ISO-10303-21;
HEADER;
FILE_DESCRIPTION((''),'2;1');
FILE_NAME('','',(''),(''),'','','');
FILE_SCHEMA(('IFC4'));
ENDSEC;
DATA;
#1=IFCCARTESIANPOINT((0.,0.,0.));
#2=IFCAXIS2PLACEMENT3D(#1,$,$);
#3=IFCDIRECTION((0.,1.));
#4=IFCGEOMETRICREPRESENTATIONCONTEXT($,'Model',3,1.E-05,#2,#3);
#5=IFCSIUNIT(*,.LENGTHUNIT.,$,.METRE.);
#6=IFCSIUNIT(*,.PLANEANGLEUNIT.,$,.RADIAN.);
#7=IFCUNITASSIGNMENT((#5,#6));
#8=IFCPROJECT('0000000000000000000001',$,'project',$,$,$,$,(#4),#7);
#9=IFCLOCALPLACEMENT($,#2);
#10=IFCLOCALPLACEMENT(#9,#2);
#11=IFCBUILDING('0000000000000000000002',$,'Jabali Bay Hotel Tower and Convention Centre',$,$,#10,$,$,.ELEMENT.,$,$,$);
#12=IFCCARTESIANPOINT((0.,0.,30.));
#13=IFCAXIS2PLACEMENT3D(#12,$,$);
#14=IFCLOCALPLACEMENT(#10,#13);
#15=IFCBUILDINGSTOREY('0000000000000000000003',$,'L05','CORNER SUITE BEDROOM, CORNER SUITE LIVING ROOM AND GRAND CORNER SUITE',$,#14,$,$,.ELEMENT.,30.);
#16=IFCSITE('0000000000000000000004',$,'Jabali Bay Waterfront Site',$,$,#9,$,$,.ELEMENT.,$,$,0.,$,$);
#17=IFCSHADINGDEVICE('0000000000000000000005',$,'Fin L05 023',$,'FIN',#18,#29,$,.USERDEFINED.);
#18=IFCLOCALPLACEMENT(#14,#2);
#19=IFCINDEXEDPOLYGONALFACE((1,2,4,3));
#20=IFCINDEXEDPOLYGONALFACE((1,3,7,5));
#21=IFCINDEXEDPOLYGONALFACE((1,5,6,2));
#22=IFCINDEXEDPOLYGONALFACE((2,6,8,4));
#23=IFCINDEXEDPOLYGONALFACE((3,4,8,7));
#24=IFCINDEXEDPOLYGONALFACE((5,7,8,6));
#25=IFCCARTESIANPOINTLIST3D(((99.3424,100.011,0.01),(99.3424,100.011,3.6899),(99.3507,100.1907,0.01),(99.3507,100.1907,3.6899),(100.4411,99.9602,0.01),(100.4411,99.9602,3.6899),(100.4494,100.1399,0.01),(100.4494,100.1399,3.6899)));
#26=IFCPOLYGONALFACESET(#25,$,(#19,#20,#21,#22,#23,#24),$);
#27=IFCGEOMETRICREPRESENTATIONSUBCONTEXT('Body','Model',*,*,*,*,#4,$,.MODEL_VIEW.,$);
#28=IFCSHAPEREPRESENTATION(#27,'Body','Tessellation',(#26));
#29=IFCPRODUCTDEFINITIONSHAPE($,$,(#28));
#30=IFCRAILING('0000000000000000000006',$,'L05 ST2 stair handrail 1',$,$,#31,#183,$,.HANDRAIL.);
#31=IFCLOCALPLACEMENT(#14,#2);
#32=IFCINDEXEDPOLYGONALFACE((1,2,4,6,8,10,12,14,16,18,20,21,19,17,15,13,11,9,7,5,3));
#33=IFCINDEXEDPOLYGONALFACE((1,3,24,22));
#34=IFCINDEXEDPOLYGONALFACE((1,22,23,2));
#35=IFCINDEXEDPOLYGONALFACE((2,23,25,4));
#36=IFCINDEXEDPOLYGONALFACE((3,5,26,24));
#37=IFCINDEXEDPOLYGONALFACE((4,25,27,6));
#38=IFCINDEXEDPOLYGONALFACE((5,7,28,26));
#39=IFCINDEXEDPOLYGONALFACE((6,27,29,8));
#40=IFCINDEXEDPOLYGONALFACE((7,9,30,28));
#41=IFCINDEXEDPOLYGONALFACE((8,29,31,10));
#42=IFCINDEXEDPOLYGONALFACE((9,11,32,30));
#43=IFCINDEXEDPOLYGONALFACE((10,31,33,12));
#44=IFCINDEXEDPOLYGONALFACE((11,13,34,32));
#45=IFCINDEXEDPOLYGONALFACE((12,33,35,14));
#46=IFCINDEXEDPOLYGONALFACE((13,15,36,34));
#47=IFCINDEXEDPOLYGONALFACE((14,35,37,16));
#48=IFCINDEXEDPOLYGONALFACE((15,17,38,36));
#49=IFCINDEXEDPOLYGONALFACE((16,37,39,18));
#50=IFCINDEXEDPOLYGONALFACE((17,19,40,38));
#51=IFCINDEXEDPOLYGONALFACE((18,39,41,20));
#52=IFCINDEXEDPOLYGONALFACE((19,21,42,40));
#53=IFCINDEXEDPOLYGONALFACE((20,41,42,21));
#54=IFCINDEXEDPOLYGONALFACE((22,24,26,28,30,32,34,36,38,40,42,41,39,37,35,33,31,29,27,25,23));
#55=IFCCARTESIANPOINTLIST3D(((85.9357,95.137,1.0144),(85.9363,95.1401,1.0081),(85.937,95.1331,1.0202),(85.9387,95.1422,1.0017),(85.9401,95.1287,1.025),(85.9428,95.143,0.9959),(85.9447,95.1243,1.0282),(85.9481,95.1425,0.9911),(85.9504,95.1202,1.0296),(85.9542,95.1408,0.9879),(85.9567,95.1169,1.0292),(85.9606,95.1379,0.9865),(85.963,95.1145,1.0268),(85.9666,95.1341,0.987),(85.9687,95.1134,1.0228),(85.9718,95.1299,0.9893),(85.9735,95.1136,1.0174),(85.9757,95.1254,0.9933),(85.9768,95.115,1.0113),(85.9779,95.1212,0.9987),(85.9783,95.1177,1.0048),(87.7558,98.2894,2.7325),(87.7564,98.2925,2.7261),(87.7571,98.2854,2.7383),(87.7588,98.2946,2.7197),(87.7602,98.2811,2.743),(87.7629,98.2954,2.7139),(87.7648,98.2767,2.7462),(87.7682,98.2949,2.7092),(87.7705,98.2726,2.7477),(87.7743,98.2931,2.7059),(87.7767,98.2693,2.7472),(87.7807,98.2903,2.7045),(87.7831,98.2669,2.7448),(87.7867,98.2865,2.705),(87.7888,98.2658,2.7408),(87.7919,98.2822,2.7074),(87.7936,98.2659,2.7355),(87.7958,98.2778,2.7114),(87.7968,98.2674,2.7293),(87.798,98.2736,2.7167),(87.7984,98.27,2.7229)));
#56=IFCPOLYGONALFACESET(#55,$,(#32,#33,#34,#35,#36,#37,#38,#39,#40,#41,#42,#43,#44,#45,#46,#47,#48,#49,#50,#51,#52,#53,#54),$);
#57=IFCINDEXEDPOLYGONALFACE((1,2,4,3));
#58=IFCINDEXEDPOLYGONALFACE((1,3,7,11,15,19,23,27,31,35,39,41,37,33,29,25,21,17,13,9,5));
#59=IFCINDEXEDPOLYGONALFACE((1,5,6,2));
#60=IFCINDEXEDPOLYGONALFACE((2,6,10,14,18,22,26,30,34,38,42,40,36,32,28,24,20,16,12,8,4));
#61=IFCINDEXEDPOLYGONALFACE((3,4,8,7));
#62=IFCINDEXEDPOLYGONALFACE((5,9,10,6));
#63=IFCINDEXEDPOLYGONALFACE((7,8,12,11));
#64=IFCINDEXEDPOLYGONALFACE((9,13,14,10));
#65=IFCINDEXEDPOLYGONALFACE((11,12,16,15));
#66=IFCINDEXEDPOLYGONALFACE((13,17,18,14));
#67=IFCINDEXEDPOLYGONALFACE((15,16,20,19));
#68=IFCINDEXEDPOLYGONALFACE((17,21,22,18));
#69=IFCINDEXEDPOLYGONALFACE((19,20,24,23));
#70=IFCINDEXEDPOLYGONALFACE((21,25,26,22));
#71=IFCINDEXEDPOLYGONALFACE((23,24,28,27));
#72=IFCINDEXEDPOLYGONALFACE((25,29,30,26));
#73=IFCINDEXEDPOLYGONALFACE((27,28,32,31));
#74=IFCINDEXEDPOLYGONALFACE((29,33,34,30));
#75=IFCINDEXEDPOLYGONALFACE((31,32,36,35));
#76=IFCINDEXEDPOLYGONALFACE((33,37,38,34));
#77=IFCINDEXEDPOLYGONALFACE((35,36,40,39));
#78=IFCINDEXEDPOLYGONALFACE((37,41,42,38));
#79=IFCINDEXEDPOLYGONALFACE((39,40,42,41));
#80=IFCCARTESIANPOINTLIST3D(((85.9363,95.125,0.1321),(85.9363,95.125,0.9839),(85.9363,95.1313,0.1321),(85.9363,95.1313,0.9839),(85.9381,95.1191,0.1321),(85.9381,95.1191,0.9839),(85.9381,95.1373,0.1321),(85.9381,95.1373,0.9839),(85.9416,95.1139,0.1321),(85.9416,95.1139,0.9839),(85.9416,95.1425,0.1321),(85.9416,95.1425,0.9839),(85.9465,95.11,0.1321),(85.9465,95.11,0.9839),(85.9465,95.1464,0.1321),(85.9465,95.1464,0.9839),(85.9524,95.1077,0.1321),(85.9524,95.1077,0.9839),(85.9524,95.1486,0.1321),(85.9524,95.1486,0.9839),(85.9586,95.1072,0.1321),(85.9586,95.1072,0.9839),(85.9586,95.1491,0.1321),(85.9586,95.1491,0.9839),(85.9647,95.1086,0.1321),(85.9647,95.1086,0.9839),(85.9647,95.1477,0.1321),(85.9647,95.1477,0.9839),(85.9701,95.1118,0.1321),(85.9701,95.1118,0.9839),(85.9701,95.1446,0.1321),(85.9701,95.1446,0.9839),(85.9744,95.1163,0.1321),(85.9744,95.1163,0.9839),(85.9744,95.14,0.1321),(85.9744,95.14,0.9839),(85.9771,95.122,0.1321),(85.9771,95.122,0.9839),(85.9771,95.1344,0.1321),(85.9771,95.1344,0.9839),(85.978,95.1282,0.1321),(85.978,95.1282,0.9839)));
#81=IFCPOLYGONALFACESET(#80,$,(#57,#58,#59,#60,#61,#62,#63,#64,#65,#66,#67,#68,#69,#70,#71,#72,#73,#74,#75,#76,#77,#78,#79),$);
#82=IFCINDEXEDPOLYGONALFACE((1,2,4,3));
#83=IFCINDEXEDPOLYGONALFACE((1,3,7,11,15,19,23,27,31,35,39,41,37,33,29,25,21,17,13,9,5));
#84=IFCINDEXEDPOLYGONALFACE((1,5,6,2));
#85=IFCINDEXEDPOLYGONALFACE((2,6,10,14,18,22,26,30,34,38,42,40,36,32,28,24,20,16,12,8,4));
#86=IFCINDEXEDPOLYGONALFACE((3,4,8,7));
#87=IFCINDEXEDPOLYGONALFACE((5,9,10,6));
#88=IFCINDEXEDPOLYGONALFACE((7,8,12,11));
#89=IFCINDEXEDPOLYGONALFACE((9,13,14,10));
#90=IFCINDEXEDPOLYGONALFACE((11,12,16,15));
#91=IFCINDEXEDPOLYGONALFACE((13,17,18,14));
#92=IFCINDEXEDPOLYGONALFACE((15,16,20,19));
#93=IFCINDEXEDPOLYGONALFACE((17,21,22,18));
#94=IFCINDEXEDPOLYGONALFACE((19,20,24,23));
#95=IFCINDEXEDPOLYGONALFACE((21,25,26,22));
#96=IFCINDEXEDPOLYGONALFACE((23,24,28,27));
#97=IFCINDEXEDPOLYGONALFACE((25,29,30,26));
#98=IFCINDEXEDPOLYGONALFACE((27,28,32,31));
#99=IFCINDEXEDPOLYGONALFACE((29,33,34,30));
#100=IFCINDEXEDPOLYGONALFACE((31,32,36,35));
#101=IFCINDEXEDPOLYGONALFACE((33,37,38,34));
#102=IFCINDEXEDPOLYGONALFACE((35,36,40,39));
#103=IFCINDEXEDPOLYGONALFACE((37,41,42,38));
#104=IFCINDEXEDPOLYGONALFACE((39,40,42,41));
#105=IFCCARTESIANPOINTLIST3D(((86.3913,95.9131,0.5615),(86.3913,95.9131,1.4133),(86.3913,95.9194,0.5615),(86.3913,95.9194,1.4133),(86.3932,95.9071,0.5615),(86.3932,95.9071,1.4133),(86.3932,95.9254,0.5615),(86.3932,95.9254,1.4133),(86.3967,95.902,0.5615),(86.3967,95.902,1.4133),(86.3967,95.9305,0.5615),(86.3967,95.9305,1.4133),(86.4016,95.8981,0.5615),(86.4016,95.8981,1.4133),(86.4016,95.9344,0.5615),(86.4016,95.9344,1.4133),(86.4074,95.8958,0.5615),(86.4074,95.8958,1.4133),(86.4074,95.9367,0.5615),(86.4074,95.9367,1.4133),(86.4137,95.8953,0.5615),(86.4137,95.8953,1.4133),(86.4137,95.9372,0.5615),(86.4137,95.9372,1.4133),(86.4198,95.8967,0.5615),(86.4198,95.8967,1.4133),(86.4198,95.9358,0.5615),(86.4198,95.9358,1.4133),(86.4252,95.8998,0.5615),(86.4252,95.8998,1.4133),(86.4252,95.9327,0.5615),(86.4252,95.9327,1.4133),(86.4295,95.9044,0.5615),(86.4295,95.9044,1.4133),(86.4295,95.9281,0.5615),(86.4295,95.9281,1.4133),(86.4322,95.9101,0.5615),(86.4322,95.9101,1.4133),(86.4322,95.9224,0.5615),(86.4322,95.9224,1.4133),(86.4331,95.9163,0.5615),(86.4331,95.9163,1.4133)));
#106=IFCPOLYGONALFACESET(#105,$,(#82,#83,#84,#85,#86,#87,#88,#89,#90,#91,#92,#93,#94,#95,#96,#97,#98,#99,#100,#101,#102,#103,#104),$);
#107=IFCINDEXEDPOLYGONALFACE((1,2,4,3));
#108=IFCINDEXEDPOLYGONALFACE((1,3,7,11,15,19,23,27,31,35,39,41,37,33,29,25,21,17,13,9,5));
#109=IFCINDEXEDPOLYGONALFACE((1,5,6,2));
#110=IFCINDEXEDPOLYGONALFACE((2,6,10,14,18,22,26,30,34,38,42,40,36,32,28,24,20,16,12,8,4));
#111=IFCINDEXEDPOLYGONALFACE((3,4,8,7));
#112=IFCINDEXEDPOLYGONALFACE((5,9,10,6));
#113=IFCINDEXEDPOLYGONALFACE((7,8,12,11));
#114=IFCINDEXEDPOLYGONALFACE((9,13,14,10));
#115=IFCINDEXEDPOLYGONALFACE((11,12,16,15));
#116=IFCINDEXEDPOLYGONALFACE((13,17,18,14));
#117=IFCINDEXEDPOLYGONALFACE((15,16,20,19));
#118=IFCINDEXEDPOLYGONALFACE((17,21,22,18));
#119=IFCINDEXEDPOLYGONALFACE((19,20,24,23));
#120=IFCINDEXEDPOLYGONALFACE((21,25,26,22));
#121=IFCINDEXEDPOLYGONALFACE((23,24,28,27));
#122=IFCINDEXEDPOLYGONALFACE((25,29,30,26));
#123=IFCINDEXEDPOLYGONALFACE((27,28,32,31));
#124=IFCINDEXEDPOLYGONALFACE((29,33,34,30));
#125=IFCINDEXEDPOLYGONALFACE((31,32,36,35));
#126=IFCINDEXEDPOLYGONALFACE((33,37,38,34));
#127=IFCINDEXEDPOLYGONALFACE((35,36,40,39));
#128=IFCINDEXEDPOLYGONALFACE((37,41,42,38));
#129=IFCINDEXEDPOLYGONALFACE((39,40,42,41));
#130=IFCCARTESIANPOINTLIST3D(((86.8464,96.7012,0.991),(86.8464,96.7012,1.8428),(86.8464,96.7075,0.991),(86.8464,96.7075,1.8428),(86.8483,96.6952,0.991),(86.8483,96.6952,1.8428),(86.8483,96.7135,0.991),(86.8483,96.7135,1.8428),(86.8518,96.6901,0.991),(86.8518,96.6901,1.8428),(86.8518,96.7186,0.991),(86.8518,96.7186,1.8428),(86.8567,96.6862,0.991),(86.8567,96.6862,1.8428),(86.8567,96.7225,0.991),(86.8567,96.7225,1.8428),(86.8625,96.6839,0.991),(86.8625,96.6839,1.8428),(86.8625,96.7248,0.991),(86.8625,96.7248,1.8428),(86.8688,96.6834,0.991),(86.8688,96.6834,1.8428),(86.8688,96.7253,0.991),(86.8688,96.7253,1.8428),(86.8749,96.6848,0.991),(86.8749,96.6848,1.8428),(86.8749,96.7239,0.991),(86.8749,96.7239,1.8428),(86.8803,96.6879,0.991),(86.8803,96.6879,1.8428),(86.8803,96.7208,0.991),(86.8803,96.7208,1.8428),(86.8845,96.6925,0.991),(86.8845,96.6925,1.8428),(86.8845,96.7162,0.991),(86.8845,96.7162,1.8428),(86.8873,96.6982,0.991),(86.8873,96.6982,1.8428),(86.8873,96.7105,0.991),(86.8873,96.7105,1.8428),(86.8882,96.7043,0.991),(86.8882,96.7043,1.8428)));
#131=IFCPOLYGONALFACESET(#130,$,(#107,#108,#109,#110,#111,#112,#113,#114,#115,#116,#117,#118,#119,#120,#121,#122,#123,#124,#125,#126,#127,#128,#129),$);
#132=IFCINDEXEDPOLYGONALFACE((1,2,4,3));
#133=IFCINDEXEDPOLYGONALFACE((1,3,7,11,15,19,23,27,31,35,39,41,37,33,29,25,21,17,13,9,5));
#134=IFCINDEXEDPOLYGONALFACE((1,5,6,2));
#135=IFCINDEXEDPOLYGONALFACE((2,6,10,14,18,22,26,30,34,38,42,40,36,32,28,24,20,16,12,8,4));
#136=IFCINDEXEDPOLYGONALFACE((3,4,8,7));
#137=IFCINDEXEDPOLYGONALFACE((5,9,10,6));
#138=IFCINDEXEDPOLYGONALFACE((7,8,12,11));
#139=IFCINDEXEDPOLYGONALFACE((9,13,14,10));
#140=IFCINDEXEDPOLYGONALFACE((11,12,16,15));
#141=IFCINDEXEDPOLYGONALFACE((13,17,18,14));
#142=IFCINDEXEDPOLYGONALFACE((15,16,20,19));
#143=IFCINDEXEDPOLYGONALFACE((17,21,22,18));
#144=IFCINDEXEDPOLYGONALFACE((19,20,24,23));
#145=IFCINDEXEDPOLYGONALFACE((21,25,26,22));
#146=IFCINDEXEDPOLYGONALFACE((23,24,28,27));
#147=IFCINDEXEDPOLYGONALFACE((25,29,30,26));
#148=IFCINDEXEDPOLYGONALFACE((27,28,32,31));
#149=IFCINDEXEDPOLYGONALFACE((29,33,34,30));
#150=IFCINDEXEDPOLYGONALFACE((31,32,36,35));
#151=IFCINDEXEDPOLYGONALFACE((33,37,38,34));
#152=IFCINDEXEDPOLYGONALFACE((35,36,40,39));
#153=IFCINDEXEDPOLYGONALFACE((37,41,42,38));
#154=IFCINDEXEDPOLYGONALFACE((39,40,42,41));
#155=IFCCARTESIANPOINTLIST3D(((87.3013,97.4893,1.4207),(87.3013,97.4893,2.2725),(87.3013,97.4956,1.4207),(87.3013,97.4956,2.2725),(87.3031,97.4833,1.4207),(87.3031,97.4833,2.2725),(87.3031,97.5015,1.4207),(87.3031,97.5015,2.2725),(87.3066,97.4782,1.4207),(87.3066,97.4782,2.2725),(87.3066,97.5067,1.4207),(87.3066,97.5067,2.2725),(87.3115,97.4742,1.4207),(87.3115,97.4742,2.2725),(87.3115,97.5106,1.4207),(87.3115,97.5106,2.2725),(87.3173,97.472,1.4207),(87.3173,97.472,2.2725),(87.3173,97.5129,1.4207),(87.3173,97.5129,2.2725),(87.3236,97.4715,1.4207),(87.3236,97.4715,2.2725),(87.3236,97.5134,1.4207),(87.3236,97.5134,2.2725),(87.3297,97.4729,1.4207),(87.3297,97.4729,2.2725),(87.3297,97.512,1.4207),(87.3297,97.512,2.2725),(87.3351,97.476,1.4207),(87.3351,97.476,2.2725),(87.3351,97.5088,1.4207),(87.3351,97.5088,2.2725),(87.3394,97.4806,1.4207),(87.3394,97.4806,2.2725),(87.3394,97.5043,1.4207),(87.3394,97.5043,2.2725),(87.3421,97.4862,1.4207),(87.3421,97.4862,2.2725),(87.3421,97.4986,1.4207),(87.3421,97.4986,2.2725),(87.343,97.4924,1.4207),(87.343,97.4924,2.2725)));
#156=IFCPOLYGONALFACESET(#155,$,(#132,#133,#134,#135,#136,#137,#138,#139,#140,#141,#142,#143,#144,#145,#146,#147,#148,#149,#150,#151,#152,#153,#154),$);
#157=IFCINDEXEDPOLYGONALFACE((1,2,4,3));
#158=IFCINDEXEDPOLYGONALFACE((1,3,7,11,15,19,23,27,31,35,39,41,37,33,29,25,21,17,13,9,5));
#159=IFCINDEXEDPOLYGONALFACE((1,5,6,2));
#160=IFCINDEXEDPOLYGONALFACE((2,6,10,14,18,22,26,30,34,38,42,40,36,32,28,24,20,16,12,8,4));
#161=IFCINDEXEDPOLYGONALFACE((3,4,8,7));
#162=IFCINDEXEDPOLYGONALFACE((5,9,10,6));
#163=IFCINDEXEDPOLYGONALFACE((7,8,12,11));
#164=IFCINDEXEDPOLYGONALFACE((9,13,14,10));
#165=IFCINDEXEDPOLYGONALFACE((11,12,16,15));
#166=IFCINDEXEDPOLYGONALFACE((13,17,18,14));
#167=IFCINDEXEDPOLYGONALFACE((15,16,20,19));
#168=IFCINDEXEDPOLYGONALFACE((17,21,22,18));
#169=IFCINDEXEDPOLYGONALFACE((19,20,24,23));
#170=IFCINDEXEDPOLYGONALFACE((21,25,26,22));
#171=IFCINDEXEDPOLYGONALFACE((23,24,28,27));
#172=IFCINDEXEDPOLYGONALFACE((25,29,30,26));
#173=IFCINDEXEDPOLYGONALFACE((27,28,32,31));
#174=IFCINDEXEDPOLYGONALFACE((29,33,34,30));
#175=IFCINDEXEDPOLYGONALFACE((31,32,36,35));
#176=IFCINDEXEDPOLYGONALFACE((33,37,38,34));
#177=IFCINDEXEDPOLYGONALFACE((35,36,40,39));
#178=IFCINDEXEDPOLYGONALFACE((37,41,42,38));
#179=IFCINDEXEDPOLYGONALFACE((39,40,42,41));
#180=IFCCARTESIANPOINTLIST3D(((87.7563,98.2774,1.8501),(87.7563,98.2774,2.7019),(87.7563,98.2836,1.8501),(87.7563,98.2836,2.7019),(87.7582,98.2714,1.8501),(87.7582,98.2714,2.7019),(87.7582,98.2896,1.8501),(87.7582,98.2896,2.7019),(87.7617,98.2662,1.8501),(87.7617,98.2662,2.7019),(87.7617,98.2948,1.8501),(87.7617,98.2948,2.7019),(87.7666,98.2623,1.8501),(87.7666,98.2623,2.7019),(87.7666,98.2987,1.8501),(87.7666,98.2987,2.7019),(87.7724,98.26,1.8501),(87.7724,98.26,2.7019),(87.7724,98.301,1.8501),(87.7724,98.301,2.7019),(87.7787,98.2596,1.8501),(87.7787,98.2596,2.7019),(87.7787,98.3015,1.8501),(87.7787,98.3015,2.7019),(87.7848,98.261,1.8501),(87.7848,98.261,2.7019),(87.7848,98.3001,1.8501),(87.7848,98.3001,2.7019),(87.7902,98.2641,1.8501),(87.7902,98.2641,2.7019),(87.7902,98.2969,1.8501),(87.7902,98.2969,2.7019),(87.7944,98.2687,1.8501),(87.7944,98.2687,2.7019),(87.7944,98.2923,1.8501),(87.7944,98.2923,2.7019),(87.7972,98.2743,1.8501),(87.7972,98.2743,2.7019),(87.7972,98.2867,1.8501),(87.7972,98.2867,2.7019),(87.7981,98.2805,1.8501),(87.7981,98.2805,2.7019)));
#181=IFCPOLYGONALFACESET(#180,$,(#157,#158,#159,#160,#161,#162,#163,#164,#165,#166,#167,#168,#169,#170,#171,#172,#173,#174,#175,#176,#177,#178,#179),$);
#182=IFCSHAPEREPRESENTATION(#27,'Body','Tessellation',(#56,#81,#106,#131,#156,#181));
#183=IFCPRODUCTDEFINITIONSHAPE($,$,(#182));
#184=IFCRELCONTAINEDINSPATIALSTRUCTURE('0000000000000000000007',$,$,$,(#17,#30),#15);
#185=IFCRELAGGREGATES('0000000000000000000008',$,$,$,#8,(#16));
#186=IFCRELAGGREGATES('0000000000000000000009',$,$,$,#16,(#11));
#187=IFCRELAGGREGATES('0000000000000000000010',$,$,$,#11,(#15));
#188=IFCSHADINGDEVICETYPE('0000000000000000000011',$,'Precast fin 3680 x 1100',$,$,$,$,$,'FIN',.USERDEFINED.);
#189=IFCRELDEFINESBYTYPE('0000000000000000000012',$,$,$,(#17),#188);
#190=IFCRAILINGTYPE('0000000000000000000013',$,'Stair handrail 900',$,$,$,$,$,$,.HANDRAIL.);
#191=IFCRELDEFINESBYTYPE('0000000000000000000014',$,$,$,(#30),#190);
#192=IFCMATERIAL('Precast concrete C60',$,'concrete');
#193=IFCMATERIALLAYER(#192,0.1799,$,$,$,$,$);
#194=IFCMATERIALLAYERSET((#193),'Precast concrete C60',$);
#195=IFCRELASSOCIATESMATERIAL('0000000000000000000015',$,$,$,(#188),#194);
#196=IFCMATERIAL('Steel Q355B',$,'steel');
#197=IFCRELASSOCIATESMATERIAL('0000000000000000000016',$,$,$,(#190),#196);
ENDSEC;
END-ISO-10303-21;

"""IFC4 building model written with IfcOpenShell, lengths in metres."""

from ifc_helpers import new_model, si_unit, direction, frame, frame_2d, origin, origin_2d, place, context, subcontext, project, spatial, rectangle, circle, extrude, material, layer, layer_set, type_object, element, save


model = new_model("IFC4")

# Units and contexts
model_context = context("Model", 3, precision=1e-05, world=origin(), true_north=direction((0.0, 1.0)))
body_context = subcontext(model_context, "Body", "Model", "MODEL_VIEW")
ifc_project = project(units=[si_unit("LENGTHUNIT", "METRE"), si_unit("PLANEANGLEUNIT", "RADIAN")], contexts=[model_context])

# Site, building, storey
site_placement = place(None, origin())
site = spatial("IfcSite", under=ifc_project, at=site_placement, Name="Jabali Bay Waterfront Site", CompositionType="ELEMENT", RefElevation=0.0)
building_placement = place(site_placement, origin())
building = spatial("IfcBuilding", under=site, at=building_placement, Name="Jabali Bay Hotel Tower and Convention Centre", CompositionType="ELEMENT")
storey_placement = place(building_placement, frame((0.0, 0.0, 30.0)))
storey = spatial("IfcBuildingStorey", under=building, at=storey_placement, Name="L05", Description="CORNER SUITE BEDROOM, CORNER SUITE LIVING ROOM AND GRAND CORNER SUITE", CompositionType="ELEMENT", Elevation=30.0)

# Shading device
ifc_material_1 = material(Name="Precast concrete C60", Category="concrete")
ifc_layer_1 = layer(ifc_material_1, 0.1799)
ifc_layer_set_1 = layer_set([ifc_layer_1], Name="Precast concrete C60")
shading_device_type = type_object("IfcShadingDeviceType", Name="Precast fin 3680 x 1100", ElementType="FIN", PredefinedType="USERDEFINED", material=ifc_layer_set_1)
for number, where, z_axis, x_axis, name in (
    (1, (99.3467, 100.1008, 0.01), (0.0, 0.0, 1.0), (0.998933, -0.046173, 0.0), "Fin L05 023"),
):
    element("IfcShadingDevice", number, at=place(storey_placement, frame(where, z_axis=z_axis, x_axis=x_axis)), inside=storey, type_object=shading_device_type, Name=name, ObjectType="FIN", PredefinedType="USERDEFINED", context=body_context, shape_type="SweptSolid", body=[
        extrude(rectangle(XDim=1.0999, YDim=0.1799, at=frame_2d((0.5498, 0.0))), origin(), (0.0, 0.0, 1.0), 3.6799),
    ])

# Railing
ifc_material_2 = material(Name="Steel Q355B", Category="steel")
railing_type_1 = type_object("IfcRailingType", Name="Stair handrail 900", PredefinedType="HANDRAIL", material=ifc_material_2)
railing_1_placement = place(storey_placement, frame((85.957, 95.1282, 0.1321)))
element("IfcRailing", 2, at=railing_1_placement, inside=storey, type_object=railing_type_1, Name="L05 ST2 stair handrail 1", PredefinedType="HANDRAIL", context=body_context, shape_type="SweptSolid", body=[
    extrude(circle(Radius=0.0239, at=origin_2d()), frame((0.0, 0.0, 0.876), z_axis=(0.452179, 0.78317, 0.426825), x_axis=(-0.866018, 0.500013, 0.0)), (0.0, 0.0, 1.0), 4.0251),
    extrude(circle(Radius=0.021, at=origin_2d()), origin(), (0.0, 0.0, 1.0), 0.8518),
    extrude(circle(Radius=0.021, at=origin_2d()), frame((0.4551, 0.7881, 0.4294)), (0.0, 0.0, 1.0), 0.8518),
    extrude(circle(Radius=0.021, at=origin_2d()), frame((0.9102, 1.5762, 0.8589)), (0.0, 0.0, 1.0), 0.8518),
    extrude(circle(Radius=0.021, at=origin_2d()), frame((1.365, 2.3643, 1.2886)), (0.0, 0.0, 1.0), 0.8518),
    extrude(circle(Radius=0.021, at=origin_2d()), frame((1.8201, 3.1523, 1.718)), (0.0, 0.0, 1.0), 0.8518),
])

save(model, "model.ifc")
